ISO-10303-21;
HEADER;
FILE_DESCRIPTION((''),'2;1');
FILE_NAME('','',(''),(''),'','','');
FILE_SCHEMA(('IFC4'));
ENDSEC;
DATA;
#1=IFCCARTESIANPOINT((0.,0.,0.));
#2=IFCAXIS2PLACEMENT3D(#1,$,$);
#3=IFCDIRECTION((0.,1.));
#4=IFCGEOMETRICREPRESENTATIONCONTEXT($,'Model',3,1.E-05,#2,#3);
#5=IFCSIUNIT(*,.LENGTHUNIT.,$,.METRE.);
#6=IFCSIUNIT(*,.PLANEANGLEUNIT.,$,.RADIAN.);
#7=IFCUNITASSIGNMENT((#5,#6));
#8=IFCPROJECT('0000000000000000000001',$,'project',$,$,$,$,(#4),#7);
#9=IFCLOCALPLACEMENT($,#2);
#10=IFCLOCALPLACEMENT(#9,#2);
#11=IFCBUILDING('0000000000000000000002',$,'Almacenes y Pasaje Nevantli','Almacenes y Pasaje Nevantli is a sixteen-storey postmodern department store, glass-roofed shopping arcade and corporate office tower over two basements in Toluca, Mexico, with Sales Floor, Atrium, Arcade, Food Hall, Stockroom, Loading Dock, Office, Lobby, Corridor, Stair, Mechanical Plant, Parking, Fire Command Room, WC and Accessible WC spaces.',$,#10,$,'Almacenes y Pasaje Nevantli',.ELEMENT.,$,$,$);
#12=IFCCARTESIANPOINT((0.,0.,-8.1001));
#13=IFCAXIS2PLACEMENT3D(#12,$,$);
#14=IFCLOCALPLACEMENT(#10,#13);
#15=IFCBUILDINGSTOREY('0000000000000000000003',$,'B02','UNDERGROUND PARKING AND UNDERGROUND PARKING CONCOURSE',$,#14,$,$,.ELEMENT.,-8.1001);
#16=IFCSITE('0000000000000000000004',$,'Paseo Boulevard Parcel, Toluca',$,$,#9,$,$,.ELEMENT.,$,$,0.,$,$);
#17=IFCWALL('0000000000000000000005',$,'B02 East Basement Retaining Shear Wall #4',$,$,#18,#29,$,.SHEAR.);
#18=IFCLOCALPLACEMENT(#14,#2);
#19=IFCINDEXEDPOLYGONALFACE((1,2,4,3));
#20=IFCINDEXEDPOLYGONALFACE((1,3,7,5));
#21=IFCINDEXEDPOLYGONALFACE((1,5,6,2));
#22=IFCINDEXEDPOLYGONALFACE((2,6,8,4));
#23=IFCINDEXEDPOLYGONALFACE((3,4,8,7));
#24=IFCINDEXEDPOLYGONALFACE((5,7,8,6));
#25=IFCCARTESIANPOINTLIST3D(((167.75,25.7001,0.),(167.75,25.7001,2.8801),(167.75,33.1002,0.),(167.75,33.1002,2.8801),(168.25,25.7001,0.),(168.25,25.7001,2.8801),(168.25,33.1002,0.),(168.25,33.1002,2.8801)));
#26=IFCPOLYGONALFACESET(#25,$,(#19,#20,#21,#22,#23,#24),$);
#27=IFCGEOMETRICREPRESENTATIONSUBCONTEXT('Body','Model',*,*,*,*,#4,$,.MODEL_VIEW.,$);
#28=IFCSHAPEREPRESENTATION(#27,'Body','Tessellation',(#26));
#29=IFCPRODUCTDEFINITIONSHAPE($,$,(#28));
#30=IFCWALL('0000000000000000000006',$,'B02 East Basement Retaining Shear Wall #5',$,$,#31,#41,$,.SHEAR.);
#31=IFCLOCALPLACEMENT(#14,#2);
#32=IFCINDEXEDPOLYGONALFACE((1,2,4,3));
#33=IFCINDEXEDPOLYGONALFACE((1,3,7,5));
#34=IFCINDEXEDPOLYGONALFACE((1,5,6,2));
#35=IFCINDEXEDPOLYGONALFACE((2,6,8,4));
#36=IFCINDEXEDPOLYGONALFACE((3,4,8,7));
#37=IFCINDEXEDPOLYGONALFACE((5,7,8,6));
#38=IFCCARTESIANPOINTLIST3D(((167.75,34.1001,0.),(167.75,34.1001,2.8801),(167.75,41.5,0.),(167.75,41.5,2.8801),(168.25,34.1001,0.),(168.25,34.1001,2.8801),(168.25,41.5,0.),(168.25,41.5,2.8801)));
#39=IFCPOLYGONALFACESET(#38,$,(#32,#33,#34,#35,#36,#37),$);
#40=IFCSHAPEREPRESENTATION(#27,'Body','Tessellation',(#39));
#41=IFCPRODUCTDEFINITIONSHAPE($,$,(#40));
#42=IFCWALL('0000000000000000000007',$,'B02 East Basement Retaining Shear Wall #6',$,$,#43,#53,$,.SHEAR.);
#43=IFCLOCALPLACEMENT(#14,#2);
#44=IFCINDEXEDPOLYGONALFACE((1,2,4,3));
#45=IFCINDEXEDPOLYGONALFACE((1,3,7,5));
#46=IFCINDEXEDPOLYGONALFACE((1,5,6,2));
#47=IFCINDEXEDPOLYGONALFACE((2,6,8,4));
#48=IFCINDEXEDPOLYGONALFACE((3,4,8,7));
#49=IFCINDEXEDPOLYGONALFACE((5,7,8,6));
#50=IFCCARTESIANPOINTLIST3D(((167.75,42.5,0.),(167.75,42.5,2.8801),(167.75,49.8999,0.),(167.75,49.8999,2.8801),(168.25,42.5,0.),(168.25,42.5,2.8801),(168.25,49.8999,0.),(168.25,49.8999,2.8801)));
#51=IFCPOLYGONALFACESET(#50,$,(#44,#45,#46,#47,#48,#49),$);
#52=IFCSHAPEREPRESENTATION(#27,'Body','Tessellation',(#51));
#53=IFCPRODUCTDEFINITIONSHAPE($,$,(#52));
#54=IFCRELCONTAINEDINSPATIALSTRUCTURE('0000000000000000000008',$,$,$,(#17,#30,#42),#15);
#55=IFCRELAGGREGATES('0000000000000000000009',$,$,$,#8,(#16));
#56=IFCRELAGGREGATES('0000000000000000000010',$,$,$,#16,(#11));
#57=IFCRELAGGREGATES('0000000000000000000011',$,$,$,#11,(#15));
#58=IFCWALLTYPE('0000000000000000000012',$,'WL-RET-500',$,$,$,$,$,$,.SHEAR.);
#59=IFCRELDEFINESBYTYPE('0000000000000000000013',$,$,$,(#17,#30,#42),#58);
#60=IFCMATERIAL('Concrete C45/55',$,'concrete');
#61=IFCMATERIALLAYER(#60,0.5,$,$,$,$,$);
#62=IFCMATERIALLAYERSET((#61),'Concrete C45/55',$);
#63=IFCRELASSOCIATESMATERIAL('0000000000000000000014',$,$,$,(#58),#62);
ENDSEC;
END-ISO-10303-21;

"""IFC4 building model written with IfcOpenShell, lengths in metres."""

from ifc_helpers import new_model, si_unit, direction, frame, frame_2d, origin, place, context, subcontext, project, spatial, rectangle, extrude, material, layer, layer_set, type_object, element, save


model = new_model("IFC4")

# Units and contexts
model_context = context("Model", 3, precision=1e-05, world=origin(), true_north=direction((0.0, 1.0)))
body_context = subcontext(model_context, "Body", "Model", "MODEL_VIEW")
ifc_project = project(units=[si_unit("LENGTHUNIT", "METRE"), si_unit("PLANEANGLEUNIT", "RADIAN")], contexts=[model_context])

# Site, building, storey
site_placement = place(None, origin())
site = spatial("IfcSite", under=ifc_project, at=site_placement, Name="Paseo Boulevard Parcel, Toluca", CompositionType="ELEMENT", RefElevation=0.0)
building_placement = place(site_placement, origin())
building = spatial("IfcBuilding", under=site, at=building_placement, Name="Almacenes y Pasaje Nevantli", Description="Almacenes y Pasaje Nevantli is a sixteen-storey postmodern department store, glass-roofed shopping arcade and corporate office tower over two basements in Toluca, Mexico, with Sales Floor, Atrium, Arcade, Food Hall, Stockroom, Loading Dock, Office, Lobby, Corridor, Stair, Mechanical Plant, Parking, Fire Command Room, WC and Accessible WC spaces.", LongName="Almacenes y Pasaje Nevantli", CompositionType="ELEMENT")
storey_placement = place(building_placement, frame((0.0, 0.0, -8.1001)))
storey = spatial("IfcBuildingStorey", under=building, at=storey_placement, Name="B02", Description="UNDERGROUND PARKING AND UNDERGROUND PARKING CONCOURSE", CompositionType="ELEMENT", Elevation=-8.1001)

# Walls
ifc_material_1 = material(Name="Concrete C45/55", Category="concrete")
ifc_layer_1 = layer(ifc_material_1, 0.5)
ifc_layer_set_1 = layer_set([ifc_layer_1], Name="Concrete C45/55")
wall_type = type_object("IfcWallType", Name="WL-RET-500", PredefinedType="SHEAR", material=ifc_layer_set_1)
wall_placement = place(storey_placement, frame((168.0, 25.7, 0.0), z_axis=(0.0, 0.0, 1.0), x_axis=(0.0, 1.0, 0.0)))
element("IfcWall", 1, at=wall_placement, inside=storey, type_object=wall_type, Name="B02 East Basement Retaining Shear Wall #4", PredefinedType="SHEAR", context=body_context, shape_type="SweptSolid", body=[
    extrude(rectangle(XDim=7.4001, YDim=0.5, at=frame_2d((3.7002, 0.0))), origin(), (0.0, 0.0, 1.0), 2.8801),
])
for number, where, z_axis, x_axis, name in (
    (2, (168.0, 34.1001, 0.0), (0.0, 0.0, 1.0), (0.0, 1.0, 0.0), "B02 East Basement Retaining Shear Wall #5"),
    (3, (168.0, 42.5, 0.0), (0.0, 0.0, 1.0), (0.0, 1.0, 0.0), "B02 East Basement Retaining Shear Wall #6"),
):
    element("IfcWall", number, at=place(storey_placement, frame(where, z_axis=z_axis, x_axis=x_axis)), inside=storey, type_object=wall_type, Name=name, PredefinedType="SHEAR", context=body_context, shape_type="SweptSolid", body=[
        extrude(rectangle(XDim=7.3999, YDim=0.5, at=frame_2d((3.7, 0.0))), origin(), (0.0, 0.0, 1.0), 2.8801),
    ])

save(model, "model.ifc")
